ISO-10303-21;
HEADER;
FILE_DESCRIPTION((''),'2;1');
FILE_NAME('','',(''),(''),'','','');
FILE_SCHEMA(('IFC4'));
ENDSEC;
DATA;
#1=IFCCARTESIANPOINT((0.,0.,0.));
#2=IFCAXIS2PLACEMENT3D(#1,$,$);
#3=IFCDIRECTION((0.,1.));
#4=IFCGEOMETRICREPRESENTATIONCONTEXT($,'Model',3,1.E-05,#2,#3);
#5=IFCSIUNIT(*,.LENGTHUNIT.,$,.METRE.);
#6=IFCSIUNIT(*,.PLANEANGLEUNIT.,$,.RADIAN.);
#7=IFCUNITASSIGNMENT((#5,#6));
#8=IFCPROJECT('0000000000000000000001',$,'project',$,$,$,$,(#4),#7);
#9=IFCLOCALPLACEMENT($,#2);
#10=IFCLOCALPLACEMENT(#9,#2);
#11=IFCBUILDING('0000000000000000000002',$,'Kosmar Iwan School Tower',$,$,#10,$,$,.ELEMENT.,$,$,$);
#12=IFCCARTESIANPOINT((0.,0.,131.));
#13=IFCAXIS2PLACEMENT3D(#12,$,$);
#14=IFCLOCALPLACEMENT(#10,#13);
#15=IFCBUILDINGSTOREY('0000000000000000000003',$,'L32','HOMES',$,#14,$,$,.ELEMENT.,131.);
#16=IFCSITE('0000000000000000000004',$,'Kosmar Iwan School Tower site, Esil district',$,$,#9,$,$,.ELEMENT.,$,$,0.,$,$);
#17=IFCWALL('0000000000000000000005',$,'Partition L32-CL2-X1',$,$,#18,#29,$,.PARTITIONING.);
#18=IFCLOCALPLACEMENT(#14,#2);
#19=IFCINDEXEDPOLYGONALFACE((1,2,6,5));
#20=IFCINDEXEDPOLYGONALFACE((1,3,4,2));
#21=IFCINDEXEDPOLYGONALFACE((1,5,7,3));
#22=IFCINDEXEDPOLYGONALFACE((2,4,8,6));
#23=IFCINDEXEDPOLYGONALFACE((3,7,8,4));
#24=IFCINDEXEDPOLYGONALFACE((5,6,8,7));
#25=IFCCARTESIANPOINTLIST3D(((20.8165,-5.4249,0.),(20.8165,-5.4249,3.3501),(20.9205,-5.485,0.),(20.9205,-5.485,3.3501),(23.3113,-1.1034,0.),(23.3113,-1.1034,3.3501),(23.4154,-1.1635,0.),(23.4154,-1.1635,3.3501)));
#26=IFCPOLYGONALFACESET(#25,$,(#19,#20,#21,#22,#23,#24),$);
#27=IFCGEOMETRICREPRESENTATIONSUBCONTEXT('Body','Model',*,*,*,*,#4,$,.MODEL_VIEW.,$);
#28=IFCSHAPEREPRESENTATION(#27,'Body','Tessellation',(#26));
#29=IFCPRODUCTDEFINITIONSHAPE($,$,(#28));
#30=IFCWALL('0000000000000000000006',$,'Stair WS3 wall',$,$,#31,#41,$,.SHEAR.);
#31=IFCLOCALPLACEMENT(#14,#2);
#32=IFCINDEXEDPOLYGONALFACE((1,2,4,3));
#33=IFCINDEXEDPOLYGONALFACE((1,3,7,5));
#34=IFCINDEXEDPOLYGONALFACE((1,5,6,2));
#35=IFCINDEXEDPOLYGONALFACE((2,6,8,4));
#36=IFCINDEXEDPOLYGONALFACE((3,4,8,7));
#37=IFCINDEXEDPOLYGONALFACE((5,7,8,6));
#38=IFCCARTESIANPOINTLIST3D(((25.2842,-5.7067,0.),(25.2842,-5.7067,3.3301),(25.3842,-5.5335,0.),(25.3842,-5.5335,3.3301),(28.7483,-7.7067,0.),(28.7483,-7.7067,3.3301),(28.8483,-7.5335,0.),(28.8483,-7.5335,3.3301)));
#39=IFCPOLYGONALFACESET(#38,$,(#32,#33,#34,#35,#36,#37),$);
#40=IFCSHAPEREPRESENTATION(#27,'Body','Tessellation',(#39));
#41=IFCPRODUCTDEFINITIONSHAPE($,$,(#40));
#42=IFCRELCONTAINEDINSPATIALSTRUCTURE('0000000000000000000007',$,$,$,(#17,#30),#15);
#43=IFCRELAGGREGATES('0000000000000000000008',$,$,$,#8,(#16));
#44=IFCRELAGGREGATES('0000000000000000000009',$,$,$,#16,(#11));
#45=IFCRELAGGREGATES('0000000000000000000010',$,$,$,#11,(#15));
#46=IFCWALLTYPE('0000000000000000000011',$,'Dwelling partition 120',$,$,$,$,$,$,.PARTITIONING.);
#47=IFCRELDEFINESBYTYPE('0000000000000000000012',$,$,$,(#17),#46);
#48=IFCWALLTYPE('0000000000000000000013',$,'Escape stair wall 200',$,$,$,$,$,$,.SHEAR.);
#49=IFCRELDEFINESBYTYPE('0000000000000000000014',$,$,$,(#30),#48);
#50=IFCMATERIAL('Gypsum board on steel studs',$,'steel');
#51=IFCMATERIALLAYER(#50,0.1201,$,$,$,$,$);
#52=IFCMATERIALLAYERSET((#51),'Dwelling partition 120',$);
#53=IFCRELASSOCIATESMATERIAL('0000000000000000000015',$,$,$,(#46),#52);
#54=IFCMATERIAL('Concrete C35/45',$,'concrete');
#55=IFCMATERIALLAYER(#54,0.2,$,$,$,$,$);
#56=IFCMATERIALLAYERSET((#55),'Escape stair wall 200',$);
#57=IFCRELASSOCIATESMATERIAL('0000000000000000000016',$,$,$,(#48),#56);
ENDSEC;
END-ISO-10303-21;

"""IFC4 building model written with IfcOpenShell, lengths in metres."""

from ifc_helpers import new_model, si_unit, direction, frame, frame_2d, origin, place, context, subcontext, project, spatial, rectangle, extrude, material, layer, layer_set, type_object, element, save


model = new_model("IFC4")

# Units and contexts
model_context = context("Model", 3, precision=1e-05, world=origin(), true_north=direction((0.0, 1.0)))
body_context = subcontext(model_context, "Body", "Model", "MODEL_VIEW")
ifc_project = project(units=[si_unit("LENGTHUNIT", "METRE"), si_unit("PLANEANGLEUNIT", "RADIAN")], contexts=[model_context])

# Site, building, storey
site_placement = place(None, origin())
site = spatial("IfcSite", under=ifc_project, at=site_placement, Name="Kosmar Iwan School Tower site, Esil district", CompositionType="ELEMENT", RefElevation=0.0)
building_placement = place(site_placement, origin())
building = spatial("IfcBuilding", under=site, at=building_placement, Name="Kosmar Iwan School Tower", CompositionType="ELEMENT")
storey_placement = place(building_placement, frame((0.0, 0.0, 131.0)))
storey = spatial("IfcBuildingStorey", under=building, at=storey_placement, Name="L32", Description="HOMES", CompositionType="ELEMENT", Elevation=131.0)

# Shared definitions
ifc_material_1 = material(Name="Gypsum board on steel studs", Category="steel")
ifc_layer_1 = layer(ifc_material_1, 0.1201)
ifc_layer_set_1 = layer_set([ifc_layer_1], Name="Dwelling partition 120")
wall_type_1 = type_object("IfcWallType", Name="Dwelling partition 120", PredefinedType="PARTITIONING", material=ifc_layer_set_1)

# Walls
wall_1_placement = place(storey_placement, frame((20.8684, -5.4551, 0.0), z_axis=(0.0, 0.0, 1.0), x_axis=(0.499975, 0.86604, 0.0)))
element("IfcWall", 1, at=wall_1_placement, inside=storey, type_object=wall_type_1, Name="Partition L32-CL2-X1", PredefinedType="PARTITIONING", context=body_context, shape_type="SweptSolid", body=[
    extrude(rectangle(XDim=4.99, YDim=0.1201, at=frame_2d((2.4951, 0.0))), origin(), (0.0, 0.0, 1.0), 3.3501),
])
ifc_material_2 = material(Name="Concrete C35/45", Category="concrete")
ifc_layer_2 = layer(ifc_material_2, 0.2)
ifc_layer_set_2 = layer_set([ifc_layer_2], Name="Escape stair wall 200")
wall_type_2 = type_object("IfcWallType", Name="Escape stair wall 200", PredefinedType="SHEAR", material=ifc_layer_set_2)
wall_2_placement = place(storey_placement, frame((25.3342, -5.6201, 0.0), z_axis=(0.0, 0.0, 1.0), x_axis=(0.866026, -0.499999, 0.0)))
element("IfcWall", 2, at=wall_2_placement, inside=storey, type_object=wall_type_2, Name="Stair WS3 wall", PredefinedType="SHEAR", context=body_context, shape_type="SweptSolid", body=[
    extrude(rectangle(XDim=4.0, YDim=0.2, at=frame_2d((2.0, 0.0))), origin(), (0.0, 0.0, 1.0), 3.3301),
])

save(model, "model.ifc")
